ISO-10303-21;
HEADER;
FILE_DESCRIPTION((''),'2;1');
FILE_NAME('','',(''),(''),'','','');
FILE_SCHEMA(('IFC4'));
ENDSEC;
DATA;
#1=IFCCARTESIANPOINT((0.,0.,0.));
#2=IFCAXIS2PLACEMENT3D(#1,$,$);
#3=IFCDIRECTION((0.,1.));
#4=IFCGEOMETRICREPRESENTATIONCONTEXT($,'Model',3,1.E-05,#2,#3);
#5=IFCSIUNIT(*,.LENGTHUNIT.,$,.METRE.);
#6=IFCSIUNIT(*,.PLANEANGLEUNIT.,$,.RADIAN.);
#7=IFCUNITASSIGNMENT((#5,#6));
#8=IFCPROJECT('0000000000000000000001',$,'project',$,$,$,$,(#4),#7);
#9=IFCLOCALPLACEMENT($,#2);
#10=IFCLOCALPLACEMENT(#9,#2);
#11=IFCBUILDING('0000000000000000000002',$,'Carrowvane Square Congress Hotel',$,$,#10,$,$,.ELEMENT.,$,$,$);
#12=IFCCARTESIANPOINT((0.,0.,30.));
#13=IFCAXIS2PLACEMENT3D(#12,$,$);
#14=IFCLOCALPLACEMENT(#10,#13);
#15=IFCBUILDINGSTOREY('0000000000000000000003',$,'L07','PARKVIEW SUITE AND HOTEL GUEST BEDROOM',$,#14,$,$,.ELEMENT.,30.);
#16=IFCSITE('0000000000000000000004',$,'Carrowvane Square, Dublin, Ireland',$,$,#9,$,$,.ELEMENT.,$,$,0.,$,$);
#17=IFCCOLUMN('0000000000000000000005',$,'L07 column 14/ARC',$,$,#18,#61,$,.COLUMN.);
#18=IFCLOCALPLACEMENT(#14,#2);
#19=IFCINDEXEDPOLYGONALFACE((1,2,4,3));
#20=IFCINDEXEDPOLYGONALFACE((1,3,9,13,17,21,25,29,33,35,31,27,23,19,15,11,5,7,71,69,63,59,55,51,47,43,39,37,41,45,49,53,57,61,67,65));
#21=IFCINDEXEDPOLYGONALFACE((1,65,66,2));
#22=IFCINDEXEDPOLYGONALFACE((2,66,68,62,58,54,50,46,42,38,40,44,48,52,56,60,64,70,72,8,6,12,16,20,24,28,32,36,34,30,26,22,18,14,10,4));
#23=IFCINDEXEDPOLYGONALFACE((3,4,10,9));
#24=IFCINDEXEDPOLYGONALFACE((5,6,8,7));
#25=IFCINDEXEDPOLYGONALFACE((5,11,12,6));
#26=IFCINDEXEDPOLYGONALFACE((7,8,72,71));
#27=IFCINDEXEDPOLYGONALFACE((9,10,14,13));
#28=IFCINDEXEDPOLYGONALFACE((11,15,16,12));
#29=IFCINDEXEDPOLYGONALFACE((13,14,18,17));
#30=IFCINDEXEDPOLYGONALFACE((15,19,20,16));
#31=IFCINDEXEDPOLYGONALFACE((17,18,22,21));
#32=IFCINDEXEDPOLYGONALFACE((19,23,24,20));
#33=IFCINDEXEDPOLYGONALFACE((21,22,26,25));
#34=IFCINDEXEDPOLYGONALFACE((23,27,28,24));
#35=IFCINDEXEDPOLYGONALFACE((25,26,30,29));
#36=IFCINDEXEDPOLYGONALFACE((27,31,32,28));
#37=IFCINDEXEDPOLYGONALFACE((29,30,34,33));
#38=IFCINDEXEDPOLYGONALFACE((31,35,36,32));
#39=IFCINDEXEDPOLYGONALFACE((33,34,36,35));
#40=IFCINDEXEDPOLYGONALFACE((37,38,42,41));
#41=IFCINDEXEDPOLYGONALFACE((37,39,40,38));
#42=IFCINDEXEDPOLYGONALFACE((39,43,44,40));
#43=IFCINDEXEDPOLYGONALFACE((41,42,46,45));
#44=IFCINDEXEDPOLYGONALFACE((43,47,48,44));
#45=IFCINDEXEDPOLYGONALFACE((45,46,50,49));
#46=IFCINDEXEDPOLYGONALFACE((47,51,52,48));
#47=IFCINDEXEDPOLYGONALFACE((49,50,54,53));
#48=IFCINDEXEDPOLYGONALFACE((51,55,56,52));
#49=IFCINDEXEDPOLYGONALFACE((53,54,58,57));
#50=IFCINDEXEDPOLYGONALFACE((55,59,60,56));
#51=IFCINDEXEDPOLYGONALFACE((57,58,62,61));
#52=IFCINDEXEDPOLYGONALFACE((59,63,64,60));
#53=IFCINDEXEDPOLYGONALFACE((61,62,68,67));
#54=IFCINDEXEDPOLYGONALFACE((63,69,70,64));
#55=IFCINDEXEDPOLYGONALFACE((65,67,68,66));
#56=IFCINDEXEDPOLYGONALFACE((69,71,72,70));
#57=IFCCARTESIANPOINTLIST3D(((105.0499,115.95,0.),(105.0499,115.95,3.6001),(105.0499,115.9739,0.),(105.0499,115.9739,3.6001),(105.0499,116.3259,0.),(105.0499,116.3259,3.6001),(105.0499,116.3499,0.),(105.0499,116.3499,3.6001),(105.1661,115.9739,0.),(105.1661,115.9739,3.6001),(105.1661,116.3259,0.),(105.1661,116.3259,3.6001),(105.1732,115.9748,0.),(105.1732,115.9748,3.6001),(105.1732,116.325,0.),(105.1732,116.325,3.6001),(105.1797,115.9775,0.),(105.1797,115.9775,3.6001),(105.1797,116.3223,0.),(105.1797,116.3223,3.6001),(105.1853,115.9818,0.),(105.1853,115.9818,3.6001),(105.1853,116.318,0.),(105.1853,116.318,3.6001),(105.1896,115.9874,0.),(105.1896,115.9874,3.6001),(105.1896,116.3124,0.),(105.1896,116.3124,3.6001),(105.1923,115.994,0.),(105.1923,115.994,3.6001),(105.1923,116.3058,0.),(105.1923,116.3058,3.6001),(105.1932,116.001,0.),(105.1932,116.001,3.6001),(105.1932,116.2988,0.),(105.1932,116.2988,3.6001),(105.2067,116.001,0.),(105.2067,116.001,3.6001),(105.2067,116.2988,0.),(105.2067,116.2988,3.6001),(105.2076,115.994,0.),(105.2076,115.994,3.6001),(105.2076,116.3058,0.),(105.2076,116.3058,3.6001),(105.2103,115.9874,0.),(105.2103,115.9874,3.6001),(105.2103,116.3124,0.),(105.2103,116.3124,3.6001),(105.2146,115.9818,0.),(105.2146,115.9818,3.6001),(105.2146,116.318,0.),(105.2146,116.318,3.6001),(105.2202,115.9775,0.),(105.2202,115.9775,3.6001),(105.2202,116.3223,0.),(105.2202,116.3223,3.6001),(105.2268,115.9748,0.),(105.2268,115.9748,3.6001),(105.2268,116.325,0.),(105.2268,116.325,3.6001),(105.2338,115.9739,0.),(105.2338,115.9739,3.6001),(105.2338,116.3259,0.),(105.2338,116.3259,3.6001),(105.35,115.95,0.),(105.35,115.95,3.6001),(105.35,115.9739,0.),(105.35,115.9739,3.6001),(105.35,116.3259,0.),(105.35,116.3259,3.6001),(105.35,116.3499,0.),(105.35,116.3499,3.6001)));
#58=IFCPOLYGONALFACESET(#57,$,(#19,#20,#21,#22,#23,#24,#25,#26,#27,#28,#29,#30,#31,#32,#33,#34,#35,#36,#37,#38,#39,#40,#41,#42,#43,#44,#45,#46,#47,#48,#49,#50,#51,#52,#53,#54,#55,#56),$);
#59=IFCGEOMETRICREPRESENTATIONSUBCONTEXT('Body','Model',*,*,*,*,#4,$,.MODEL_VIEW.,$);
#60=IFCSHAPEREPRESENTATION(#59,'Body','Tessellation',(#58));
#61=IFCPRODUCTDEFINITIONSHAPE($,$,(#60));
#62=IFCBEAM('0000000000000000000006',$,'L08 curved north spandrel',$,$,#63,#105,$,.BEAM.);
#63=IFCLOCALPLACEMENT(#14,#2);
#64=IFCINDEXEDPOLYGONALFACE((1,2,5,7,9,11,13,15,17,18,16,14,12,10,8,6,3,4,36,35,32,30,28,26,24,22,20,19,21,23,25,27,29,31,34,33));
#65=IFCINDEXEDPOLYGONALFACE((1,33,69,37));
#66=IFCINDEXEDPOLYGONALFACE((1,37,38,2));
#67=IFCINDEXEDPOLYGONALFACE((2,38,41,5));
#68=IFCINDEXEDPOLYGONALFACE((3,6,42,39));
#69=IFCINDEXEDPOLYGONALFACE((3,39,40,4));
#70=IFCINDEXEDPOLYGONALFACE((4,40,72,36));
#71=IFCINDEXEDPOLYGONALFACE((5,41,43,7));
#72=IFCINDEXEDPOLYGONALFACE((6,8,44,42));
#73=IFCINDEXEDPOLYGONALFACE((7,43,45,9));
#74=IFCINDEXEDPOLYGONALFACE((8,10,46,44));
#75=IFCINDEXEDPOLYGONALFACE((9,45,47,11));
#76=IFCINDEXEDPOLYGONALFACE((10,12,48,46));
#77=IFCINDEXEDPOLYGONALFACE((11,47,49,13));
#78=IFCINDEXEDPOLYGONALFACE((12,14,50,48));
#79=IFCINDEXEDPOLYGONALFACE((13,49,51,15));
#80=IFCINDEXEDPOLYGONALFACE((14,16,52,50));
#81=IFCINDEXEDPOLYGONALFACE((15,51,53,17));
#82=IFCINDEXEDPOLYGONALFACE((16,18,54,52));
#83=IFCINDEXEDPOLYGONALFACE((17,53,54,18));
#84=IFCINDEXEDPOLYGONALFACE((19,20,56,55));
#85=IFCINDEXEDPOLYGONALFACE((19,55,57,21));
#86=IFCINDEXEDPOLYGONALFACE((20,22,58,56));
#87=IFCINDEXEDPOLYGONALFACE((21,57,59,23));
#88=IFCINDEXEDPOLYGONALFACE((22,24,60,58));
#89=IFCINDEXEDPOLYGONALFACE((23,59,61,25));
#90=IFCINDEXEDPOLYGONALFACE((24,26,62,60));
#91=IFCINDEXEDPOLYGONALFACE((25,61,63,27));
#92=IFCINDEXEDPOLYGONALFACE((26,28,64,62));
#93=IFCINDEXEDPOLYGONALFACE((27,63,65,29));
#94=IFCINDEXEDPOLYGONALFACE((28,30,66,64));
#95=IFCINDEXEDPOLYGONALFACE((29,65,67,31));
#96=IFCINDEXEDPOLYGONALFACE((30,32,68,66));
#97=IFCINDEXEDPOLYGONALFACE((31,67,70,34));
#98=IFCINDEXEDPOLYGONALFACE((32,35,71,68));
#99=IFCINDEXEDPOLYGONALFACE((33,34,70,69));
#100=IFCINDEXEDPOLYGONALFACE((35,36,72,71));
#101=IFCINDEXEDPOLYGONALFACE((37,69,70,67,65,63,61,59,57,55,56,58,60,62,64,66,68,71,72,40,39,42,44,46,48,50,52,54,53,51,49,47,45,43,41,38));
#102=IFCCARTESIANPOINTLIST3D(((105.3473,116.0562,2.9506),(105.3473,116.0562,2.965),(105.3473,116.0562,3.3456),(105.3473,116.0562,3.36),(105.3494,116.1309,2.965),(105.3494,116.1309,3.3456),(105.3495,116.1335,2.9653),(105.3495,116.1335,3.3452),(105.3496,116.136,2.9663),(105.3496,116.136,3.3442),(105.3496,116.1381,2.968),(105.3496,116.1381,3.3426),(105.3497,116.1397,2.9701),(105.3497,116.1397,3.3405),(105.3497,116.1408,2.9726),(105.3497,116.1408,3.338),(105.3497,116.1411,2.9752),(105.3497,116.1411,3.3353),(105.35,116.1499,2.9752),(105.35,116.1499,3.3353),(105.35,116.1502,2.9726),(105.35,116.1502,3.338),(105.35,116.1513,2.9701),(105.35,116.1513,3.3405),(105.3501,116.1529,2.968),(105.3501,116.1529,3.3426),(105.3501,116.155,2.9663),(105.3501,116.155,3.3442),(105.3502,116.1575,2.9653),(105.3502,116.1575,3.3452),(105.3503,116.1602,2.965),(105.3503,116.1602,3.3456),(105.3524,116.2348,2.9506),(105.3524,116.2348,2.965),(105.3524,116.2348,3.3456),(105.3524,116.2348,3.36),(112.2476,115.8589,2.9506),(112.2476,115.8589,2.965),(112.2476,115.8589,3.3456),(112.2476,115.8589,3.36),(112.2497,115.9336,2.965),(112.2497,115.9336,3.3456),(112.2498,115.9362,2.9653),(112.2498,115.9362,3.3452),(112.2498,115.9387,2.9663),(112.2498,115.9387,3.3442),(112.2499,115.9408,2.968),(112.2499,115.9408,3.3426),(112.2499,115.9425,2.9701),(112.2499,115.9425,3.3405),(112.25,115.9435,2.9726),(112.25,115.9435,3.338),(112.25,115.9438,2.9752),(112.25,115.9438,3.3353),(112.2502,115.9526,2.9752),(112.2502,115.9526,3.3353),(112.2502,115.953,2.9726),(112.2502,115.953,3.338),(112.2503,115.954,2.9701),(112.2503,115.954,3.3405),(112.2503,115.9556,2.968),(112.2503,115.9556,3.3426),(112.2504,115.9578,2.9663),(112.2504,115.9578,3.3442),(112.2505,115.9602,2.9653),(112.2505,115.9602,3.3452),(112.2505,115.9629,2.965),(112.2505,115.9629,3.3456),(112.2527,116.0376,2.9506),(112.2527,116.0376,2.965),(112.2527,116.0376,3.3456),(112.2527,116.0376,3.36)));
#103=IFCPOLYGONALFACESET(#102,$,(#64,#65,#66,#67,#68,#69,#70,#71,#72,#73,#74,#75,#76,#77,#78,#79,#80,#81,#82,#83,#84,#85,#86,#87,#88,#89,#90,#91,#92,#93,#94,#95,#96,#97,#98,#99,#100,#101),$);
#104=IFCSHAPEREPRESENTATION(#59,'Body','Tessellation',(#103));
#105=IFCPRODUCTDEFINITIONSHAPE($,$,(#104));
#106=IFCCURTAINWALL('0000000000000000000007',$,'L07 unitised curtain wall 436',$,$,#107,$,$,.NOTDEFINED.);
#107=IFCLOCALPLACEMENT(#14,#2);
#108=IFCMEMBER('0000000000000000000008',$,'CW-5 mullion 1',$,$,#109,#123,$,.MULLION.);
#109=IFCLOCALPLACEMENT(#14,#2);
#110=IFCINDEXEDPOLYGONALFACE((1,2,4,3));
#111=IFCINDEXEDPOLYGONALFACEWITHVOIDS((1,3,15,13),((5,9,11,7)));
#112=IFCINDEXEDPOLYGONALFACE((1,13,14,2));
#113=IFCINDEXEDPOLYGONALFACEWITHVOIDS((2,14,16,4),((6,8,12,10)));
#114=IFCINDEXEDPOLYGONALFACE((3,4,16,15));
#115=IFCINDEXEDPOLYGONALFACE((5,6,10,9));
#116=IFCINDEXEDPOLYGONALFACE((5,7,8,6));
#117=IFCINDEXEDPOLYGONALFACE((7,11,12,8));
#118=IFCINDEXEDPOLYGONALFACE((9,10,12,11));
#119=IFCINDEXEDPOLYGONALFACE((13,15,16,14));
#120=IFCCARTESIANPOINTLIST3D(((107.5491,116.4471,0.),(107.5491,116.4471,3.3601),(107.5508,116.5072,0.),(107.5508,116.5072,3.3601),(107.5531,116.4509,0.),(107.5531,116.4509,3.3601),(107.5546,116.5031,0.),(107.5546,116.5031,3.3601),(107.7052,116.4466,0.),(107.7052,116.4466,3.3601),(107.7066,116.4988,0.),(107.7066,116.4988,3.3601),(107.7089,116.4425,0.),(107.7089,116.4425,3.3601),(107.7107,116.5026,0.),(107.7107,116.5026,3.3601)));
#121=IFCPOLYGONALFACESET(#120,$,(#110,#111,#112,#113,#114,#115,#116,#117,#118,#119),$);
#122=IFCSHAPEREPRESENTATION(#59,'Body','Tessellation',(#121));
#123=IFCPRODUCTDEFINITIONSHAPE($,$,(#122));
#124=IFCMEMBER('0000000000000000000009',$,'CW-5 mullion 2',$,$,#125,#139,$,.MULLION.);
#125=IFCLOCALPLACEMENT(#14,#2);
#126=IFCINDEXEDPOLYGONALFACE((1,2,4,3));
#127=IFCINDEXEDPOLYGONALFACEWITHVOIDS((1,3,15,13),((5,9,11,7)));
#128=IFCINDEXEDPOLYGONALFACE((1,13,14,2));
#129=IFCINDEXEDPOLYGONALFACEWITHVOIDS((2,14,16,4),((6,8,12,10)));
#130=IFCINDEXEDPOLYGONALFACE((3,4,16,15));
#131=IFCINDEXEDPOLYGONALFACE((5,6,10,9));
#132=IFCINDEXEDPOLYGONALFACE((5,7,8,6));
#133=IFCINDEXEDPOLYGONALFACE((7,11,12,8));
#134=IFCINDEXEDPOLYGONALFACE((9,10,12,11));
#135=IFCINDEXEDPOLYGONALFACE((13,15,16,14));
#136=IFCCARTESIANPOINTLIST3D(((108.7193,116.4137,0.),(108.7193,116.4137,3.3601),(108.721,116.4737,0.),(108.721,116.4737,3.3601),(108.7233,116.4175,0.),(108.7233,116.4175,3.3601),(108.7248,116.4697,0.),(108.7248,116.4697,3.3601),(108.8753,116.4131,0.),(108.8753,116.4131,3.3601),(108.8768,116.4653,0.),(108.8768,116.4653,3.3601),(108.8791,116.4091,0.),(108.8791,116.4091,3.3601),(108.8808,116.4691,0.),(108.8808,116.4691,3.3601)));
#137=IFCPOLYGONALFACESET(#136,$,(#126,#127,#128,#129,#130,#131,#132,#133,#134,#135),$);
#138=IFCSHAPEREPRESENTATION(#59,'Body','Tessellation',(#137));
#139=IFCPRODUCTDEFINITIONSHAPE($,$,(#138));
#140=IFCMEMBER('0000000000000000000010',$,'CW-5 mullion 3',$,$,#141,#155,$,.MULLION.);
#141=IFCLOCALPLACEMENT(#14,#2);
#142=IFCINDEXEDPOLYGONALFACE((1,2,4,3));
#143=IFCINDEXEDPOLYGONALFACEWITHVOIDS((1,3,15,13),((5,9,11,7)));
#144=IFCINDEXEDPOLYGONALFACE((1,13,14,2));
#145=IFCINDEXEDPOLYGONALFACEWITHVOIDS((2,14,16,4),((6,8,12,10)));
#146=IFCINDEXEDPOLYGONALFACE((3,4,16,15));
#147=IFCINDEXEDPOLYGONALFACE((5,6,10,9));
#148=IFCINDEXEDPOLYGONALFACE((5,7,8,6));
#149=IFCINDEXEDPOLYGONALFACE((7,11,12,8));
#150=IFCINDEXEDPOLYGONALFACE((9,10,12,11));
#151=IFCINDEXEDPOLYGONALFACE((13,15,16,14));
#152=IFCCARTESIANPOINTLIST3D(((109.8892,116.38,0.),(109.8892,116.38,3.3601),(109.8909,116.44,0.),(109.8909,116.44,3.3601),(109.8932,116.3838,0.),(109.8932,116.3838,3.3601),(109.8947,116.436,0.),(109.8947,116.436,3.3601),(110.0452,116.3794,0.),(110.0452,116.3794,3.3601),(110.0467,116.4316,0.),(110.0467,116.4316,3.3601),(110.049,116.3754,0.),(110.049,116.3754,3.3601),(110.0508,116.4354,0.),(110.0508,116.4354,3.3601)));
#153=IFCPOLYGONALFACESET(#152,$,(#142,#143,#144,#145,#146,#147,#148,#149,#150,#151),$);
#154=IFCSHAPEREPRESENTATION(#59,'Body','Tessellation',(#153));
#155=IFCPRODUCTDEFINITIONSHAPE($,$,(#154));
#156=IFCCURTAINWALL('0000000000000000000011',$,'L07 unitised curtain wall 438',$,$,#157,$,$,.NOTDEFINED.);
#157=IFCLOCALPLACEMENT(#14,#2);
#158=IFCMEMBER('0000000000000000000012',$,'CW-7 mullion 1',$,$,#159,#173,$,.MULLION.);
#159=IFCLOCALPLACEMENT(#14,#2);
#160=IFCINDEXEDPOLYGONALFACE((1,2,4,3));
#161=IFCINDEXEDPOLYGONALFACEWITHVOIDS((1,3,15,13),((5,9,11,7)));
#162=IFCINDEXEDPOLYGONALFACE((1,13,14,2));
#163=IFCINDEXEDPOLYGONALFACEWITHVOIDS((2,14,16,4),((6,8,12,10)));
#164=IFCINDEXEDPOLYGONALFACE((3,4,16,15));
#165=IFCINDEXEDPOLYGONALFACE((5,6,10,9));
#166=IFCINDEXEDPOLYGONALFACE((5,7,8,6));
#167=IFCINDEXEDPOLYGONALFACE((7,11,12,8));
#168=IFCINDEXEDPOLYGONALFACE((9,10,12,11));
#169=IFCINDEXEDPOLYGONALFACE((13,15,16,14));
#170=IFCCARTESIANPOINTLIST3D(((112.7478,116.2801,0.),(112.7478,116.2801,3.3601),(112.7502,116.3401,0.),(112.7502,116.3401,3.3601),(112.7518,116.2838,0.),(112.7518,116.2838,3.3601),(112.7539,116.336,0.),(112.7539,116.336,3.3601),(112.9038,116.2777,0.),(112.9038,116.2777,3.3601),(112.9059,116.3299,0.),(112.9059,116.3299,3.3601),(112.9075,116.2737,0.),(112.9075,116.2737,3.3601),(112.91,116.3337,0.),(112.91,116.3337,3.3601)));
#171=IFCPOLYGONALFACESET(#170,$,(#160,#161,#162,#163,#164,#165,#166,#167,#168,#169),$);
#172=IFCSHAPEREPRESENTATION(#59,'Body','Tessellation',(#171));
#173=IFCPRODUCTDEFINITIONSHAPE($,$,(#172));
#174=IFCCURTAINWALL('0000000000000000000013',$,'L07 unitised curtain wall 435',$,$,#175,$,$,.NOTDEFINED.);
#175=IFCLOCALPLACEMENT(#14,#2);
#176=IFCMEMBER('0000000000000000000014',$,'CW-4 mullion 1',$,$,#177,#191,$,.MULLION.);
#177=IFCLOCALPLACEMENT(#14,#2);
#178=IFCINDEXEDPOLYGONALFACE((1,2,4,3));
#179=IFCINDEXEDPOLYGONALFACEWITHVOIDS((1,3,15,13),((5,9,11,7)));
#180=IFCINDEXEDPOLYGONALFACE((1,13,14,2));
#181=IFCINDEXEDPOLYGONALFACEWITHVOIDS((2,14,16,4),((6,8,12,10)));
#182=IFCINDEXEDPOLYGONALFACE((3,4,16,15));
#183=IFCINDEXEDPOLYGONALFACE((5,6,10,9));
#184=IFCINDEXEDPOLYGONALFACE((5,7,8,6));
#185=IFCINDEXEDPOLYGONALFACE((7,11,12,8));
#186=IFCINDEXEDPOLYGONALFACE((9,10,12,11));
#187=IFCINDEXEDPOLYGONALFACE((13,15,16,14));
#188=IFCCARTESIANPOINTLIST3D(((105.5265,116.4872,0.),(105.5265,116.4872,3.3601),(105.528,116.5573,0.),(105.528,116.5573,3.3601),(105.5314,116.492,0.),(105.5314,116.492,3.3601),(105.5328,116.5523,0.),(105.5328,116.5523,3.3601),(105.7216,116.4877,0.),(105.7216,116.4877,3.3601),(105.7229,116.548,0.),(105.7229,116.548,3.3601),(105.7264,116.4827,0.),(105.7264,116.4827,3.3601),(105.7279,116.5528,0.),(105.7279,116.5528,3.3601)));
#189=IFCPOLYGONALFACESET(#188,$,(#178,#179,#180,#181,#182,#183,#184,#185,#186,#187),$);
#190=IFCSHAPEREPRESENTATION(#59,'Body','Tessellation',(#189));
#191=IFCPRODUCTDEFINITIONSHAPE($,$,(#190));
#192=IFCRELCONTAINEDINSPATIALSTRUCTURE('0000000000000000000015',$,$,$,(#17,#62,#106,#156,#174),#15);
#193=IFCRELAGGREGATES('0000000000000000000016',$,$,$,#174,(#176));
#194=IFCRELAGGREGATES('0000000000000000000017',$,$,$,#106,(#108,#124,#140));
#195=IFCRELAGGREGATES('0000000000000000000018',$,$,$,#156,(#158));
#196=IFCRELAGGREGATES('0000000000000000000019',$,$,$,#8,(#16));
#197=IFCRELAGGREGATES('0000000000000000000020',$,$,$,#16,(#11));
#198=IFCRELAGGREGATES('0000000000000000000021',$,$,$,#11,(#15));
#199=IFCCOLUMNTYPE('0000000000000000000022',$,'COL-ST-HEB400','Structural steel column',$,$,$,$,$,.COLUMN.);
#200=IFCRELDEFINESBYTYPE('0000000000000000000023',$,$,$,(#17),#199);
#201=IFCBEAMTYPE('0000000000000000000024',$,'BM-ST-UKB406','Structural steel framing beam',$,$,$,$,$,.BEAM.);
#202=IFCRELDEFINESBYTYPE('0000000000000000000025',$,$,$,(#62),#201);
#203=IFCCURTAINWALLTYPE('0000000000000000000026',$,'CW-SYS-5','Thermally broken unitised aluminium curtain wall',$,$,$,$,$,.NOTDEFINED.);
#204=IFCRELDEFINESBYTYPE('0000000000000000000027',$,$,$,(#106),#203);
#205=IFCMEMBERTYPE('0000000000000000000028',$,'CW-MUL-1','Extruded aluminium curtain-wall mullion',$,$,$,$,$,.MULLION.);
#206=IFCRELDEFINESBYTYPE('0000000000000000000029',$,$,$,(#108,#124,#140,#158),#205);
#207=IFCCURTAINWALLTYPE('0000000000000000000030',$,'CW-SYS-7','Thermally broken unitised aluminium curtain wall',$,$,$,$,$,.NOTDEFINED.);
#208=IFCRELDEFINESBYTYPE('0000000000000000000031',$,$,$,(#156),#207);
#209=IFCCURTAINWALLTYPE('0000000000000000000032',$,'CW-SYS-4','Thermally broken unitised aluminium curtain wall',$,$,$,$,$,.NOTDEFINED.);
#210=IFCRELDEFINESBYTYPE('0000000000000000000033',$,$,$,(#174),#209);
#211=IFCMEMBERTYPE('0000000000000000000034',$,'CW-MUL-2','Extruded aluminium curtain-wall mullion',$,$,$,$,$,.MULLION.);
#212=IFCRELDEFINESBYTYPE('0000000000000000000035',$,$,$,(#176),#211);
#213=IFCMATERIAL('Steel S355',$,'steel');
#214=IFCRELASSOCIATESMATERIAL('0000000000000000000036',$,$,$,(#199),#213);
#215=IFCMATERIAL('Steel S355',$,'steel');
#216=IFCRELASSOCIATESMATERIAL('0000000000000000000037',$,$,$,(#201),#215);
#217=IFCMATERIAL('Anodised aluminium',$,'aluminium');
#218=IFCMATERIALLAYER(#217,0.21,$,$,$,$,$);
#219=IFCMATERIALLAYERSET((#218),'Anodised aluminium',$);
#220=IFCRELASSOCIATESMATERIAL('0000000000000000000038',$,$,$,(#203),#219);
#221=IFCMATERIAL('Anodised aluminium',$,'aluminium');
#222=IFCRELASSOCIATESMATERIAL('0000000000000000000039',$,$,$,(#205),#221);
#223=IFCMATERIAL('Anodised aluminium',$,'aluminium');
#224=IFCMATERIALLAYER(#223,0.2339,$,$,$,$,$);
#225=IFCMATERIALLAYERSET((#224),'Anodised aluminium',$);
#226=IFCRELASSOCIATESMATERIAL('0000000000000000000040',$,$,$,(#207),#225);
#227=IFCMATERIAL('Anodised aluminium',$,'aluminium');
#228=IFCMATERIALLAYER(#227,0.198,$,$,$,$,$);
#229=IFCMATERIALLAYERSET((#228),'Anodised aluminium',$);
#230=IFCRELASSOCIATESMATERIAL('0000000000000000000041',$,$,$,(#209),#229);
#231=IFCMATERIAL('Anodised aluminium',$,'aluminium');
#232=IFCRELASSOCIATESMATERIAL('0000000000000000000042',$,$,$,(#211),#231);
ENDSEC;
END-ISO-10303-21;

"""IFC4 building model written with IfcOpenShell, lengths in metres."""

from ifc_helpers import new_model, si_unit, direction, frame, origin, origin_2d, place, context, subcontext, project, spatial, hollow_rectangle, i_section, extrude, material, layer, layer_set, material_profile, profile_set, type_object, element, aggregate, save


model = new_model("IFC4")

# Units and contexts
model_context = context("Model", 3, precision=1e-05, world=origin(), true_north=direction((0.0, 1.0)))
body_context = subcontext(model_context, "Body", "Model", "MODEL_VIEW")
ifc_project = project(units=[si_unit("LENGTHUNIT", "METRE"), si_unit("PLANEANGLEUNIT", "RADIAN")], contexts=[model_context])

# Site, building, storey
site_placement = place(None, origin())
site = spatial("IfcSite", under=ifc_project, at=site_placement, Name="Carrowvane Square, Dublin, Ireland", CompositionType="ELEMENT", RefElevation=0.0)
building_placement = place(site_placement, origin())
building = spatial("IfcBuilding", under=site, at=building_placement, Name="Carrowvane Square Congress Hotel", CompositionType="ELEMENT")
storey_placement = place(building_placement, frame((0.0, 0.0, 30.0)))
storey = spatial("IfcBuildingStorey", under=building, at=storey_placement, Name="L07", Description="PARKVIEW SUITE AND HOTEL GUEST BEDROOM", CompositionType="ELEMENT", Elevation=30.0)

# Column
ifc_material_1 = material(Name="Steel S355", Category="steel")
ifc_material_profile_1 = material_profile(ifc_material_1, i_section(OverallWidth=0.3, OverallDepth=0.3999, WebThickness=0.0134, FlangeThickness=0.0239, FilletRadius=0.0271, at=origin_2d()), Name="HEB 400")
ifc_profile_set_1 = profile_set([ifc_material_profile_1], Name="Steel S355")
column_type = type_object("IfcColumnType", Name="COL-ST-HEB400", Description="Structural steel column", PredefinedType="COLUMN", material=ifc_profile_set_1)
column_placement = place(storey_placement, frame((105.2, 116.1499, 0.0), z_axis=(0.0, 0.0, 1.0), x_axis=(1.0, 0.0, 0.0)))
element("IfcColumn", 1, at=column_placement, inside=storey, type_object=column_type, Name="L07 column 14/ARC", PredefinedType="COLUMN", context=body_context, shape_type="SweptSolid", body=[
    extrude(i_section(OverallWidth=0.3, OverallDepth=0.3999, WebThickness=0.0134, FlangeThickness=0.0239, FilletRadius=0.0271, at=origin_2d()), origin(), (0.0, 0.0, 1.0), 3.6001),
])

# Beam
ifc_material_2 = material(Name="Steel S355", Category="steel")
ifc_material_profile_2 = material_profile(ifc_material_2, i_section(OverallWidth=0.1787, OverallDepth=0.4094, WebThickness=0.0088, FlangeThickness=0.0144, FilletRadius=0.0103, at=origin_2d()), Name="UKB 406x178x67")
ifc_profile_set_2 = profile_set([ifc_material_profile_2], Name="Steel S355")
beam_type = type_object("IfcBeamType", Name="BM-ST-UKB406", Description="Structural steel framing beam", PredefinedType="BEAM", material=ifc_profile_set_2)
beam_placement = place(storey_placement, frame((105.3499, 116.1455, 3.1553), z_axis=(0.999592, -0.028577, 0.0), x_axis=(0.028577, 0.999592, 0.0)))
element("IfcBeam", 2, at=beam_placement, inside=storey, type_object=beam_type, Name="L08 curved north spandrel", PredefinedType="BEAM", context=body_context, shape_type="SweptSolid", body=[
    extrude(i_section(OverallWidth=0.1787, OverallDepth=0.4094, WebThickness=0.0088, FlangeThickness=0.0144, FilletRadius=0.0103, at=origin_2d()), origin(), (0.0, 0.0, 1.0), 6.9031),
])

# Curtain wall, members
ifc_material_3 = material(Name="Anodised aluminium", Category="aluminium")
ifc_layer_1 = layer(ifc_material_3, 0.21)
ifc_layer_set_1 = layer_set([ifc_layer_1], Name="Anodised aluminium")
curtain_wall_type_1 = type_object("IfcCurtainWallType", Name="CW-SYS-5", Description="Thermally broken unitised aluminium curtain wall", PredefinedType="NOTDEFINED", material=ifc_layer_set_1)
curtain_wall_1_placement = place(storey_placement, origin())
curtain_wall_1 = element("IfcCurtainWall", 3, at=curtain_wall_1_placement, inside=storey, type_object=curtain_wall_type_1, Name="L07 unitised curtain wall 436", PredefinedType="NOTDEFINED")
ifc_material_4 = material(Name="Anodised aluminium", Category="aluminium")
ifc_material_profile_3 = material_profile(ifc_material_4, hollow_rectangle(XDim=0.0601, YDim=0.1599, WallThickness=0.0039, at=origin_2d()), Name="CW-ML 60x160x4")
ifc_profile_set_3 = profile_set([ifc_material_profile_3], Name="Anodised aluminium")
member_type_1 = type_object("IfcMemberType", Name="CW-MUL-1", Description="Extruded aluminium curtain-wall mullion", PredefinedType="MULLION", material=ifc_profile_set_3)
member_1_placement = place(storey_placement, frame((107.6299, 116.4749, 0.0), z_axis=(0.0, 0.0, 1.0), x_axis=(0.028638, 0.99959, 0.0)))
member_1 = element("IfcMember", 4, at=member_1_placement, type_object=member_type_1, Name="CW-5 mullion 1", PredefinedType="MULLION", context=body_context, shape_type="SweptSolid", body=[
    extrude(hollow_rectangle(XDim=0.0601, YDim=0.1599, WallThickness=0.0039, at=origin_2d()), origin(), (0.0, 0.0, 1.0), 3.3601),
])
member_2_placement = place(storey_placement, frame((108.8, 116.4414, 0.0), z_axis=(0.0, 0.0, 1.0), x_axis=(0.028638, 0.99959, 0.0)))
member_2 = element("IfcMember", 5, at=member_2_placement, type_object=member_type_1, Name="CW-5 mullion 2", PredefinedType="MULLION", context=body_context, shape_type="SweptSolid", body=[
    extrude(hollow_rectangle(XDim=0.0601, YDim=0.1599, WallThickness=0.0039, at=origin_2d()), origin(), (0.0, 0.0, 1.0), 3.3601),
])
member_3_placement = place(storey_placement, frame((109.97, 116.4077, 0.0), z_axis=(0.0, 0.0, 1.0), x_axis=(0.028638, 0.99959, 0.0)))
member_3 = element("IfcMember", 6, at=member_3_placement, type_object=member_type_1, Name="CW-5 mullion 3", PredefinedType="MULLION", context=body_context, shape_type="SweptSolid", body=[
    extrude(hollow_rectangle(XDim=0.0601, YDim=0.1599, WallThickness=0.0039, at=origin_2d()), origin(), (0.0, 0.0, 1.0), 3.3601),
])

# Curtain wall, member
ifc_material_5 = material(Name="Anodised aluminium", Category="aluminium")
ifc_layer_2 = layer(ifc_material_5, 0.2339)
ifc_layer_set_2 = layer_set([ifc_layer_2], Name="Anodised aluminium")
curtain_wall_type_2 = type_object("IfcCurtainWallType", Name="CW-SYS-7", Description="Thermally broken unitised aluminium curtain wall", PredefinedType="NOTDEFINED", material=ifc_layer_set_2)
curtain_wall_2_placement = place(storey_placement, origin())
curtain_wall_2 = element("IfcCurtainWall", 7, at=curtain_wall_2_placement, inside=storey, type_object=curtain_wall_type_2, Name="L07 unitised curtain wall 438", PredefinedType="NOTDEFINED")
member_4_placement = place(storey_placement, frame((112.8289, 116.3069, 0.0), z_axis=(0.0, 0.0, 1.0), x_axis=(0.040131, 0.999194, 0.0)))
member_4 = element("IfcMember", 8, at=member_4_placement, type_object=member_type_1, Name="CW-7 mullion 1", PredefinedType="MULLION", context=body_context, shape_type="SweptSolid", body=[
    extrude(hollow_rectangle(XDim=0.0601, YDim=0.1599, WallThickness=0.0039, at=origin_2d()), origin(), (0.0, 0.0, 1.0), 3.3601),
])

# Curtain wall, member
ifc_material_6 = material(Name="Anodised aluminium", Category="aluminium")
ifc_layer_3 = layer(ifc_material_6, 0.198)
ifc_layer_set_3 = layer_set([ifc_layer_3], Name="Anodised aluminium")
curtain_wall_type_3 = type_object("IfcCurtainWallType", Name="CW-SYS-4", Description="Thermally broken unitised aluminium curtain wall", PredefinedType="NOTDEFINED", material=ifc_layer_set_3)
curtain_wall_3_placement = place(storey_placement, origin())
curtain_wall_3 = element("IfcCurtainWall", 9, at=curtain_wall_3_placement, inside=storey, type_object=curtain_wall_type_3, Name="L07 unitised curtain wall 435", PredefinedType="NOTDEFINED")
ifc_material_7 = material(Name="Anodised aluminium", Category="aluminium")
ifc_material_profile_4 = material_profile(ifc_material_7, hollow_rectangle(XDim=0.0701, YDim=0.2, WallThickness=0.0049, at=origin_2d()), Name="CW-ML 70x200x5")
ifc_profile_set_4 = profile_set([ifc_material_profile_4], Name="Anodised aluminium")
member_type_2 = type_object("IfcMemberType", Name="CW-MUL-2", Description="Extruded aluminium curtain-wall mullion", PredefinedType="MULLION", material=ifc_profile_set_4)
member_5_placement = place(storey_placement, frame((105.6272, 116.52, 0.0), z_axis=(0.0, 0.0, 1.0), x_axis=(0.022518, 0.999746, 0.0)))
member_5 = element("IfcMember", 10, at=member_5_placement, type_object=member_type_2, Name="CW-4 mullion 1", PredefinedType="MULLION", context=body_context, shape_type="SweptSolid", body=[
    extrude(hollow_rectangle(XDim=0.0701, YDim=0.2, WallThickness=0.0049, at=origin_2d()), origin(), (0.0, 0.0, 1.0), 3.3601),
])

aggregate(curtain_wall_3, [member_5])
aggregate(curtain_wall_1, [member_1, member_2, member_3])
aggregate(curtain_wall_2, [member_4])

save(model, "model.ifc")
